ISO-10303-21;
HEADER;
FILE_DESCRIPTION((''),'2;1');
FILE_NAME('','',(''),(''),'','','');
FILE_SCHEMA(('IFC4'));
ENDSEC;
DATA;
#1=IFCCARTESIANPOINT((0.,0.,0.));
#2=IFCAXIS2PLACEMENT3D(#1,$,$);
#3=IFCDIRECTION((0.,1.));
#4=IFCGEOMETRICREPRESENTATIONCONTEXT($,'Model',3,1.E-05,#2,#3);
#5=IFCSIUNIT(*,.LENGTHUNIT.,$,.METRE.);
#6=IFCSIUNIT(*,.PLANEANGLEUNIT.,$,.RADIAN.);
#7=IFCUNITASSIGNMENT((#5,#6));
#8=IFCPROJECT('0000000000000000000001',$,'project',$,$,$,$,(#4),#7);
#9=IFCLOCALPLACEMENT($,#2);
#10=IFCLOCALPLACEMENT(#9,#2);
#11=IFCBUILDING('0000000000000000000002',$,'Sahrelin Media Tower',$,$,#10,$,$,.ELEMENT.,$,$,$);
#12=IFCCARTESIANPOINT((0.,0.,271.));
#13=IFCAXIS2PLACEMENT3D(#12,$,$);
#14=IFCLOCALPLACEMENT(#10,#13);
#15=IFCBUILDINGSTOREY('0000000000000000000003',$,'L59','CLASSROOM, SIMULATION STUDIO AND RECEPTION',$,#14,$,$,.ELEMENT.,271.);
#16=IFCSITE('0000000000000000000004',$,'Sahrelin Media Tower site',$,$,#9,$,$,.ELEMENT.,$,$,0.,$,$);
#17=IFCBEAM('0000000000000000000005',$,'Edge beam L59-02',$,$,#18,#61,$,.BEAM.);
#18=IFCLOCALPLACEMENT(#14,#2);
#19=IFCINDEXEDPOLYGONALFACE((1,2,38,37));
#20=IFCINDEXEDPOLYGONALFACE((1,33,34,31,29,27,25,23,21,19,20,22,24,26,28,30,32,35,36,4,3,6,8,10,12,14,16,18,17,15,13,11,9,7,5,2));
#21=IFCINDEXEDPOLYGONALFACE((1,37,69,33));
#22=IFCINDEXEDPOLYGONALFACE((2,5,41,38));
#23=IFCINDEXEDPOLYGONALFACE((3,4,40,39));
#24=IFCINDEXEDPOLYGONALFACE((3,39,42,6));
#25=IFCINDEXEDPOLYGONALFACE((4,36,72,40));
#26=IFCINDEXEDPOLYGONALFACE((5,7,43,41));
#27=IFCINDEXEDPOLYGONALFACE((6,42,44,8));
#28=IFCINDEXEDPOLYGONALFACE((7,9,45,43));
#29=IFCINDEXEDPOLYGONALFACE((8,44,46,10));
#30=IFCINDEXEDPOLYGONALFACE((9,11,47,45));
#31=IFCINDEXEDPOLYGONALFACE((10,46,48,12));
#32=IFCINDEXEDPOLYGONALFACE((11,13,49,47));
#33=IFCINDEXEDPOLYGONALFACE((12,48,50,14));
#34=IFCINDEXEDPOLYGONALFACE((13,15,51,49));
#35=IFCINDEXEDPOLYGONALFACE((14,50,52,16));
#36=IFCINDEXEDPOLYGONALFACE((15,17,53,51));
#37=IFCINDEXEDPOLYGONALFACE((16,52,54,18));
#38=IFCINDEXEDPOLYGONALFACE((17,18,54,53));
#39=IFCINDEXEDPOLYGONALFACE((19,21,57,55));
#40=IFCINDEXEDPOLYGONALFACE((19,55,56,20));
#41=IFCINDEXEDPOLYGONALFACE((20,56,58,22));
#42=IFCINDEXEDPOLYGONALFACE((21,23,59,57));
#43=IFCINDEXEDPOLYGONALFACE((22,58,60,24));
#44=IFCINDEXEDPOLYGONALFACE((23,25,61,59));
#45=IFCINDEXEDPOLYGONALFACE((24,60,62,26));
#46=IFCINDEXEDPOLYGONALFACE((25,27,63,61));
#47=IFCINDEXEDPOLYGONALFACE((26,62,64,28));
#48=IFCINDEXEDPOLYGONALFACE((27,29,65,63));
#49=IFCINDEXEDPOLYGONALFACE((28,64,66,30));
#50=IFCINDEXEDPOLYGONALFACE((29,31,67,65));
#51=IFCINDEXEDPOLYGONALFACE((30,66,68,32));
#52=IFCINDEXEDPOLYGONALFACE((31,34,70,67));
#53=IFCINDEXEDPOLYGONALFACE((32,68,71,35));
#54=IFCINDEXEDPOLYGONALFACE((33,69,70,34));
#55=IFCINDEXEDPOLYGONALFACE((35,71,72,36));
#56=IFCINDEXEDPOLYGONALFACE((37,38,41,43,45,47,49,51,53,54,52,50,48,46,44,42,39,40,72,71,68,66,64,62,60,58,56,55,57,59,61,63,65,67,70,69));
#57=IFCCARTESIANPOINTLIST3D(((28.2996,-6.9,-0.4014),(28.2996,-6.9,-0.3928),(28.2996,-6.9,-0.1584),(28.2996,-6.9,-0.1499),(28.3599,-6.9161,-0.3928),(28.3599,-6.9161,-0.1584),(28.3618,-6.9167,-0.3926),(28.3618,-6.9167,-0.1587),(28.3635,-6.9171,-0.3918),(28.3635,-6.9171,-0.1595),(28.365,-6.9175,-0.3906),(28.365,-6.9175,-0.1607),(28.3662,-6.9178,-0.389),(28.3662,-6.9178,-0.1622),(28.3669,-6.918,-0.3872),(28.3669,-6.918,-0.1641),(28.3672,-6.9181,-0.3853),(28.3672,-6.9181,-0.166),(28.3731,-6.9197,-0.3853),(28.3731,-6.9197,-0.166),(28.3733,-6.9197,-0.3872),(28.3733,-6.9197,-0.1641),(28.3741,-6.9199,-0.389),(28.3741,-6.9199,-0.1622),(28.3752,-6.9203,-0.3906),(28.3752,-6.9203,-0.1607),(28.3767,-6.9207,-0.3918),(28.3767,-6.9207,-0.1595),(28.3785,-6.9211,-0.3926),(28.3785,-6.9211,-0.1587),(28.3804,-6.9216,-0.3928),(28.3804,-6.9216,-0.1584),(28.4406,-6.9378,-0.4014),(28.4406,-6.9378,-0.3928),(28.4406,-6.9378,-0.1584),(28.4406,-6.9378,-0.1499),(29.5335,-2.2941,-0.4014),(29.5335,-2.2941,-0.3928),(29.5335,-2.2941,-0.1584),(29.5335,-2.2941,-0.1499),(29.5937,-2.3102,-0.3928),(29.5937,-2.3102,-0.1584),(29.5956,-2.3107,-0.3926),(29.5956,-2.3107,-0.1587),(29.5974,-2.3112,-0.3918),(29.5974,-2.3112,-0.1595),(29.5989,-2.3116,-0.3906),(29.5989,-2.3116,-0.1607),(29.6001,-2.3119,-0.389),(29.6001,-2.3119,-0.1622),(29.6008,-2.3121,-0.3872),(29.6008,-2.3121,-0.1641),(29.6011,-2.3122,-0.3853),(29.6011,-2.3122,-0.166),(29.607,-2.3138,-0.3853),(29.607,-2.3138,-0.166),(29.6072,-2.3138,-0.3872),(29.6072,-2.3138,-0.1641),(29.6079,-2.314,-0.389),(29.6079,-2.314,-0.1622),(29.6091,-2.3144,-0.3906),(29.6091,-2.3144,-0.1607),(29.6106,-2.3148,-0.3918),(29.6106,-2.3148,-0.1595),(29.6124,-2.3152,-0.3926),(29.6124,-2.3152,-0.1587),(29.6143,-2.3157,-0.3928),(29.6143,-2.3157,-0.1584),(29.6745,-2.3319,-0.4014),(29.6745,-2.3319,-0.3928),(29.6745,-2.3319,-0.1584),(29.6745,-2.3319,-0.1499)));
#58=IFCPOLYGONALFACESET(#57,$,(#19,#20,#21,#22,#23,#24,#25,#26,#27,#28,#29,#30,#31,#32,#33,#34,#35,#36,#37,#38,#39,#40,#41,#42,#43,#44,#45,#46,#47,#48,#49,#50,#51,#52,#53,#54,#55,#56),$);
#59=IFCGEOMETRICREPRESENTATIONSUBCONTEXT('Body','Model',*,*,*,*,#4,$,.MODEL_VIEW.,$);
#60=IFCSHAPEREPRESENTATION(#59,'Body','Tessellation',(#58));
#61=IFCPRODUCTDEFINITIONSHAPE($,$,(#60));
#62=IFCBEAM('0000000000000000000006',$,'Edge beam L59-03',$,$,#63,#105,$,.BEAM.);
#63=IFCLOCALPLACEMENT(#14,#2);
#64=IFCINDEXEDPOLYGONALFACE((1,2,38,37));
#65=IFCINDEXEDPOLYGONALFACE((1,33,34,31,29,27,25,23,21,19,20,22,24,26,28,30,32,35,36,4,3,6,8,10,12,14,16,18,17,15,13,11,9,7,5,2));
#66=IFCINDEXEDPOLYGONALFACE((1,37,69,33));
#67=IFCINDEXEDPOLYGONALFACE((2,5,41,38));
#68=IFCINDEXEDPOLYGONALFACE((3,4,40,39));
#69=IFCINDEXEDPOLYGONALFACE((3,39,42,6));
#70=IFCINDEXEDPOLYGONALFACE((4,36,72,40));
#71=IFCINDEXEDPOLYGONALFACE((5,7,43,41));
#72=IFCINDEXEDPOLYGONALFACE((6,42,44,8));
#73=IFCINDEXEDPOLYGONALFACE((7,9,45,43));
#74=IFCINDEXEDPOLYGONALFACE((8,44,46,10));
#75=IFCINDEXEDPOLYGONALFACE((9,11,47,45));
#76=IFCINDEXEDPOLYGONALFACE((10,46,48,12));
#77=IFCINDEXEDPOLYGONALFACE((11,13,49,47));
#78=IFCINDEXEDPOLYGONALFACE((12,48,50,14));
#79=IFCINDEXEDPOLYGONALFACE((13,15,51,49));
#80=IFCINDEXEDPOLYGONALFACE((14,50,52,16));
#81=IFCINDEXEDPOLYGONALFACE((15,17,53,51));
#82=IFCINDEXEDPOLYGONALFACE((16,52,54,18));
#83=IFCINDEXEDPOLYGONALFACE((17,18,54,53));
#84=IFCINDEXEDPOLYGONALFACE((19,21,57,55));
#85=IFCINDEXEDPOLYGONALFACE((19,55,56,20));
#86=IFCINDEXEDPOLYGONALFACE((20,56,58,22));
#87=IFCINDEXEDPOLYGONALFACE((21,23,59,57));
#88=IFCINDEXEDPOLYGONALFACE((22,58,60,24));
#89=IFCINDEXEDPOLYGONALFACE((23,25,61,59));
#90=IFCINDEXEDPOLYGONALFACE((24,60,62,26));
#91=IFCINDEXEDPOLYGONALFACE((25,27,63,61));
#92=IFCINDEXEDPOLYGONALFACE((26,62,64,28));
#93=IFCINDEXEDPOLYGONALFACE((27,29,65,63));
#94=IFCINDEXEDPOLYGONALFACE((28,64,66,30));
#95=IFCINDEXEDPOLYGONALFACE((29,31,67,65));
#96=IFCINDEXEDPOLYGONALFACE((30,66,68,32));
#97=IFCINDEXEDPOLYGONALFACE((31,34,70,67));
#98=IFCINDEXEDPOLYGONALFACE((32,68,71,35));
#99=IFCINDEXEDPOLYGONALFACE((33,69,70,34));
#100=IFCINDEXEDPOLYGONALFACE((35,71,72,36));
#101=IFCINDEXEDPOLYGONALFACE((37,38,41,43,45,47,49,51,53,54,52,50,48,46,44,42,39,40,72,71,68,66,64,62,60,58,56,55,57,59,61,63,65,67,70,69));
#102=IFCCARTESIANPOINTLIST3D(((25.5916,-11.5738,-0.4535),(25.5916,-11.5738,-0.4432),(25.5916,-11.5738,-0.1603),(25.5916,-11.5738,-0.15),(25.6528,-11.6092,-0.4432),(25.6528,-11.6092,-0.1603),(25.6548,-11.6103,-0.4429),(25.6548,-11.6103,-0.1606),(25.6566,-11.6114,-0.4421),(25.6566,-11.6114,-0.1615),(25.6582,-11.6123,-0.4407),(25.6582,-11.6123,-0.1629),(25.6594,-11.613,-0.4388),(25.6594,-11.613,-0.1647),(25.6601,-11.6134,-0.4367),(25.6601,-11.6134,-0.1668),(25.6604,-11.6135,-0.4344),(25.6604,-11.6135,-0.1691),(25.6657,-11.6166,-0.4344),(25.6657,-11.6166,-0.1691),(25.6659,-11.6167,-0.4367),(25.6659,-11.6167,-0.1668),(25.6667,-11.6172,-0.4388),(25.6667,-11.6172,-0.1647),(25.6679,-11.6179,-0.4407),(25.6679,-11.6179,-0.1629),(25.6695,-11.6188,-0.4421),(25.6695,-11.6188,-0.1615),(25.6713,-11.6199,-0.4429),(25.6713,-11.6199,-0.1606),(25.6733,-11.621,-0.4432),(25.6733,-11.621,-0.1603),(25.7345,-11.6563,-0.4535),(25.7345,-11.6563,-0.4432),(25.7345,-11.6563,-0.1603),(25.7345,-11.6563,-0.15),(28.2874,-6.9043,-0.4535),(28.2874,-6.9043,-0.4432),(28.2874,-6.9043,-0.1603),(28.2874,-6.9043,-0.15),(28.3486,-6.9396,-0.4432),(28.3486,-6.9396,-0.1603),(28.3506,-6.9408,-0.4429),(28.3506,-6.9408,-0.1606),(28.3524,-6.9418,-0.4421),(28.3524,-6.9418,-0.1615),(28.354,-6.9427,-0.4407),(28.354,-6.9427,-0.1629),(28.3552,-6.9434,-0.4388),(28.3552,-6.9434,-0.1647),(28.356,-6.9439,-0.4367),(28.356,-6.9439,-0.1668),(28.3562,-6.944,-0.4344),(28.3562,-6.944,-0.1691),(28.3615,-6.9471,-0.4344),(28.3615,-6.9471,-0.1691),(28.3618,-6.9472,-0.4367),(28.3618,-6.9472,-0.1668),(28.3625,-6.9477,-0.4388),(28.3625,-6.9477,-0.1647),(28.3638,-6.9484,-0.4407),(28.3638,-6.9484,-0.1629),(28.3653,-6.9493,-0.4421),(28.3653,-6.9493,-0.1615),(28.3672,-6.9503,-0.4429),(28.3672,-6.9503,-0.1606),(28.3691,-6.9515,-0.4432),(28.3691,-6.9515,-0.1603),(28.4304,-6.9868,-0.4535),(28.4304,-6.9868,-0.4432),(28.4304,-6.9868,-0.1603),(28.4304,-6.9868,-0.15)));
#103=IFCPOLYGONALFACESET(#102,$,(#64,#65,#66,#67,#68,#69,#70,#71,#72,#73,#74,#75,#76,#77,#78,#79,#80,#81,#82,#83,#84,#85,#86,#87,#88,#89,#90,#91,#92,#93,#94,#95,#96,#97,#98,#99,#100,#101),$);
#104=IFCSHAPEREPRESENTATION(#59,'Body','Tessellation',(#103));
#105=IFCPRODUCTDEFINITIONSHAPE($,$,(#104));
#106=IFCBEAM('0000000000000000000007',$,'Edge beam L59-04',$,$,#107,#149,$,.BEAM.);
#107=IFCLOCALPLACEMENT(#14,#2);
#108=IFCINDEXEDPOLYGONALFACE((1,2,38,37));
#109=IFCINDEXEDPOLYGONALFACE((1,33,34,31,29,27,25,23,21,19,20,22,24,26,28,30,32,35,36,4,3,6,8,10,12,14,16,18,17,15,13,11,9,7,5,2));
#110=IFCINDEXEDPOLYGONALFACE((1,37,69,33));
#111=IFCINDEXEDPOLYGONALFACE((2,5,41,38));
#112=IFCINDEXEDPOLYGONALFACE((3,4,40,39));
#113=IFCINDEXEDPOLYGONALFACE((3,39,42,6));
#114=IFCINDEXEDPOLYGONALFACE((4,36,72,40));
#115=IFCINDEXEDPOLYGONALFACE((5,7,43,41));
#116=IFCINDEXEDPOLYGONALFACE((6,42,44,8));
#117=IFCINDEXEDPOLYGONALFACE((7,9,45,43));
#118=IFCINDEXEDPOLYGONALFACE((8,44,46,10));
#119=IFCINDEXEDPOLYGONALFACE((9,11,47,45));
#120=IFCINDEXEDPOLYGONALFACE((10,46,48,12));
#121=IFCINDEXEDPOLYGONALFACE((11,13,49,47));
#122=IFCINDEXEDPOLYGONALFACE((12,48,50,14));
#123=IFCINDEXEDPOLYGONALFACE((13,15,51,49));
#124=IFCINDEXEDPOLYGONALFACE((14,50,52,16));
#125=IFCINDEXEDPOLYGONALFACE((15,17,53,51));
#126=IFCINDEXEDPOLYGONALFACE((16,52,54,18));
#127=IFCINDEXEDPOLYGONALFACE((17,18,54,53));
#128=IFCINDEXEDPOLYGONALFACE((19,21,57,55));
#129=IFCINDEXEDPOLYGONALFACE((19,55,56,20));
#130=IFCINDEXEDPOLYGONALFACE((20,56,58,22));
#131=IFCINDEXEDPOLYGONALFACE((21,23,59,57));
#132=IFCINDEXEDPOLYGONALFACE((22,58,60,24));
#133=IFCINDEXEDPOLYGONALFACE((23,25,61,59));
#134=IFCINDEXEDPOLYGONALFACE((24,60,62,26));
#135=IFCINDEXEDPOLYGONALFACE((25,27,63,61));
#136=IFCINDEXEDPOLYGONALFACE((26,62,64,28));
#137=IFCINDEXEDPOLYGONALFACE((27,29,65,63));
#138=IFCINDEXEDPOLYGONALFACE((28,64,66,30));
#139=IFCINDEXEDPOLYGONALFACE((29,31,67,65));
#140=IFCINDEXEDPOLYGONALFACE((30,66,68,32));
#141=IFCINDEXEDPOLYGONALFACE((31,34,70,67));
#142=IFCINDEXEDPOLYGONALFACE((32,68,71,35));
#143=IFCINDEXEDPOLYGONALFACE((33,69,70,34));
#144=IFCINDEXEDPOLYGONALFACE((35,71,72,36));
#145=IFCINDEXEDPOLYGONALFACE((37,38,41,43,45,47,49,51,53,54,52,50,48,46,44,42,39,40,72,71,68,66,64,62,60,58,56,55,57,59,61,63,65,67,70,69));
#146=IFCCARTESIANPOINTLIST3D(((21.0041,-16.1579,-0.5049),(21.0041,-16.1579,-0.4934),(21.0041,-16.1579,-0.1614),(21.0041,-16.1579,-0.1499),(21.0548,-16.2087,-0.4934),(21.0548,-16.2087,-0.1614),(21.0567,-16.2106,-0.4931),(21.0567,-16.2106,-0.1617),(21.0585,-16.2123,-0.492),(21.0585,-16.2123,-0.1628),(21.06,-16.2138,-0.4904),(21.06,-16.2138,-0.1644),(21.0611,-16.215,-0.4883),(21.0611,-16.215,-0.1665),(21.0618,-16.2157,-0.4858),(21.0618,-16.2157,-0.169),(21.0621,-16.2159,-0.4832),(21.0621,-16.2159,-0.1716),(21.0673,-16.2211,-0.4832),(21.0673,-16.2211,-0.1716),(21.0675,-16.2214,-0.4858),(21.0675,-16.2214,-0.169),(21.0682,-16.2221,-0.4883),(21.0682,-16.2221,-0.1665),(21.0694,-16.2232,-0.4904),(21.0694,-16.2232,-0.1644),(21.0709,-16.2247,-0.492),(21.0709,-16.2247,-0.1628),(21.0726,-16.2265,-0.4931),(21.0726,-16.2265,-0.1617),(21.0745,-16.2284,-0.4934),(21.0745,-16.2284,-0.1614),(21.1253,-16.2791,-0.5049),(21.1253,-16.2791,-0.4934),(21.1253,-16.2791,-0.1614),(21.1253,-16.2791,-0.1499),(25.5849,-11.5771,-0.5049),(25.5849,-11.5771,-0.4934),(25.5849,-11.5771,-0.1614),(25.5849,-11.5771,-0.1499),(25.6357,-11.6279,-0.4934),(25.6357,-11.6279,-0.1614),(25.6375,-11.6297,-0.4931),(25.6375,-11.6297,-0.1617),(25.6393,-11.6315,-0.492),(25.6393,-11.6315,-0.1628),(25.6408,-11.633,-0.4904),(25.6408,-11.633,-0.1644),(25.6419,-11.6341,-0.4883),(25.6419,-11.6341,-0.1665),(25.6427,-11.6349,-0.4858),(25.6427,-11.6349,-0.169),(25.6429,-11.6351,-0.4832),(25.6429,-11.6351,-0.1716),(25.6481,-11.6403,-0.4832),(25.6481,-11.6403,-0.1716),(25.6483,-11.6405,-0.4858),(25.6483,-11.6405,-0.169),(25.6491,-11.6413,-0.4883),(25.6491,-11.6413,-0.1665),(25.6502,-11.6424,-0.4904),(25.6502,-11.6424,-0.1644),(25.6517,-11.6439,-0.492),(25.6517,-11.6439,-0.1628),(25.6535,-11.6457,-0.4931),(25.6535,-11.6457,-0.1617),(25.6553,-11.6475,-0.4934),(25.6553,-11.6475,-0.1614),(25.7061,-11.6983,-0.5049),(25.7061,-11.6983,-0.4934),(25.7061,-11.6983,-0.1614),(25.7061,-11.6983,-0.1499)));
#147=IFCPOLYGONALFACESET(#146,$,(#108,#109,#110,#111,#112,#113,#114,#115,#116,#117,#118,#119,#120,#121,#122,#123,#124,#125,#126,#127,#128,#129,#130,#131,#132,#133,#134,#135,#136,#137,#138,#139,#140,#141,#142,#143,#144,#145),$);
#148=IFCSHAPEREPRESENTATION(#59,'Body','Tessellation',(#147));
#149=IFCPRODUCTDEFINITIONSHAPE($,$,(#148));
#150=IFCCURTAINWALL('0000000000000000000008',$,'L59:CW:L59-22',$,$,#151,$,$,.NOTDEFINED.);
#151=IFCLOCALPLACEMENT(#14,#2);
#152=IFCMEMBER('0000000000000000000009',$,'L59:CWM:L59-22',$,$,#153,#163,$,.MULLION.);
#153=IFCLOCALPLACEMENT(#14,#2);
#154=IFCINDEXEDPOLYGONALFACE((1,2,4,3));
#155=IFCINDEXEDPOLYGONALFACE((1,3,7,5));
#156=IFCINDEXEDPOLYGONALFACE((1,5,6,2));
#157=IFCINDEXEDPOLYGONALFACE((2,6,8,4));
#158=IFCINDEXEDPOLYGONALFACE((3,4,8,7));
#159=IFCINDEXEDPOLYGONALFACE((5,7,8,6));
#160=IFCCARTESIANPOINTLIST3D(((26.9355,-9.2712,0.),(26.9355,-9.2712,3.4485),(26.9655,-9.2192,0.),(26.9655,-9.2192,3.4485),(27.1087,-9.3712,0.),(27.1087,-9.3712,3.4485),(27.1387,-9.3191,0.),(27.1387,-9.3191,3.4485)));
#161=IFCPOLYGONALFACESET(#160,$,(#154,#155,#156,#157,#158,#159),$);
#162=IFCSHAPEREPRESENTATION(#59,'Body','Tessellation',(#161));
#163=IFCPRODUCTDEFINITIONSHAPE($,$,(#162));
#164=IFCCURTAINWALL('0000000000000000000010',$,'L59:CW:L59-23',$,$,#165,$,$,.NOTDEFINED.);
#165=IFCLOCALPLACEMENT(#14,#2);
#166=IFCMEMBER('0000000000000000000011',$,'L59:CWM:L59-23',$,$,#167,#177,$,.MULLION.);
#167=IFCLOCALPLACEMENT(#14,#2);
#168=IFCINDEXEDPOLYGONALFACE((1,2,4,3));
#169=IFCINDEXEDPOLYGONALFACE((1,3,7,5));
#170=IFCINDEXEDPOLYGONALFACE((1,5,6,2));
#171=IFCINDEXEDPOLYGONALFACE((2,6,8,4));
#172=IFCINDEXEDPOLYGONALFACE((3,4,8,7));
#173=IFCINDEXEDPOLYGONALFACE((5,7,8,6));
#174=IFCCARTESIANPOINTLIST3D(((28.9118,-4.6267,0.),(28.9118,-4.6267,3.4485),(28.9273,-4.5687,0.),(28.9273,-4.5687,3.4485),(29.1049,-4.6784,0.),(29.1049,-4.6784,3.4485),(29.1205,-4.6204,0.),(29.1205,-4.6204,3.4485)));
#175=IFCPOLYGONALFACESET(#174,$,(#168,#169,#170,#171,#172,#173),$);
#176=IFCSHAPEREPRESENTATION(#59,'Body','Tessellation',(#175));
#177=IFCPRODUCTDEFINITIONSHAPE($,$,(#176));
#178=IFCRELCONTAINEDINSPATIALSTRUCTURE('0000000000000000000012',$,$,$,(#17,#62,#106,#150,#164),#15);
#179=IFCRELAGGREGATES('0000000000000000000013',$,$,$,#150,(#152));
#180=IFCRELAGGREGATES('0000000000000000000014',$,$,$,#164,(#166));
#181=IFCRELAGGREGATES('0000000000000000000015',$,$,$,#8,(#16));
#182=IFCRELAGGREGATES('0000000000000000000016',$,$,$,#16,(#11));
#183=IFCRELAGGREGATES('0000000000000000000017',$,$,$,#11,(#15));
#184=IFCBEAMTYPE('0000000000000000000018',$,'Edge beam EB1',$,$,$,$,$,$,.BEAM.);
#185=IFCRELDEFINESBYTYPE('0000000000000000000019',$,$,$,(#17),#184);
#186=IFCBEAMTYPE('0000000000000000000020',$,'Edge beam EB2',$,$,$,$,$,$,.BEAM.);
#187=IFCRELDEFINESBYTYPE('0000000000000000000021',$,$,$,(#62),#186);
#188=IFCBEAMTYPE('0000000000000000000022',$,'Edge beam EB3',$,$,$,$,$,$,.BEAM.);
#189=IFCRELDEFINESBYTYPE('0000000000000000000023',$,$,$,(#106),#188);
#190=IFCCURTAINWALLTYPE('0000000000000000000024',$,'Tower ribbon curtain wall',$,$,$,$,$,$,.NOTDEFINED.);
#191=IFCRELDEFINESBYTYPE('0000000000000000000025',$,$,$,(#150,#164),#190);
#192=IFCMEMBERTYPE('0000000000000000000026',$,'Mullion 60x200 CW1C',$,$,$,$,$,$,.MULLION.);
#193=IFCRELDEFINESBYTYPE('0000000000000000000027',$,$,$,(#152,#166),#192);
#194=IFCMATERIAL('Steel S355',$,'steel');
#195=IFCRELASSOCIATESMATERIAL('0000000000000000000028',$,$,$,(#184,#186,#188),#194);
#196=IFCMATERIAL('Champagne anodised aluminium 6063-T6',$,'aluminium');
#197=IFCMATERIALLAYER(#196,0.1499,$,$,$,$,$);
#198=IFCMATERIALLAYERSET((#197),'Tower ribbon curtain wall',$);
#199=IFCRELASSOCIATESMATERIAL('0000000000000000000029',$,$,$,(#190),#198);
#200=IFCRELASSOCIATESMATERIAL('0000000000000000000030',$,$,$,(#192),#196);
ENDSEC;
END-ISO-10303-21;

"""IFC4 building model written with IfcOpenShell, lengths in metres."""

from ifc_helpers import new_model, si_unit, direction, frame, origin, origin_2d, place, context, subcontext, project, spatial, rectangle, i_section, extrude, material, layer, layer_set, material_profile, profile_set, type_object, element, aggregate, save


model = new_model("IFC4")

# Units and contexts
model_context = context("Model", 3, precision=1e-05, world=origin(), true_north=direction((0.0, 1.0)))
body_context = subcontext(model_context, "Body", "Model", "MODEL_VIEW")
ifc_project = project(units=[si_unit("LENGTHUNIT", "METRE"), si_unit("PLANEANGLEUNIT", "RADIAN")], contexts=[model_context])

# Site, building, storey
site_placement = place(None, origin())
site = spatial("IfcSite", under=ifc_project, at=site_placement, Name="Sahrelin Media Tower site", CompositionType="ELEMENT", RefElevation=0.0)
building_placement = place(site_placement, origin())
building = spatial("IfcBuilding", under=site, at=building_placement, Name="Sahrelin Media Tower", CompositionType="ELEMENT")
storey_placement = place(building_placement, frame((0.0, 0.0, 271.0)))
storey = spatial("IfcBuildingStorey", under=building, at=storey_placement, Name="L59", Description="CLASSROOM, SIMULATION STUDIO AND RECEPTION", CompositionType="ELEMENT", Elevation=271.0)

# Beams
ifc_material_1 = material(Name="Steel S355", Category="steel")
ifc_material_profile_1 = material_profile(ifc_material_1, i_section(OverallWidth=0.146, OverallDepth=0.2515, WebThickness=0.0061, FlangeThickness=0.0085, FilletRadius=0.0076, at=origin_2d()), Name="UB 254x146x31")
ifc_profile_set_1 = profile_set([ifc_material_profile_1], Name="Steel S355")
beam_type_1 = type_object("IfcBeamType", Name="Edge beam EB1", PredefinedType="BEAM", material=ifc_profile_set_1)
beam_1_placement = place(storey_placement, frame((29.604, -2.313, -0.2756), z_axis=(-0.258765, -0.96594, 0.0), x_axis=(0.96594, -0.258765, 0.0)))
element("IfcBeam", 1, at=beam_1_placement, inside=storey, type_object=beam_type_1, Name="Edge beam L59-02", PredefinedType="BEAM", context=body_context, shape_type="SweptSolid", body=[
    extrude(i_section(OverallWidth=0.146, OverallDepth=0.2515, WebThickness=0.0061, FlangeThickness=0.0085, FilletRadius=0.0076, at=origin_2d()), origin(), (0.0, 0.0, 1.0), 4.7683),
])
ifc_material_profile_2 = material_profile(ifc_material_1, i_section(OverallWidth=0.165, OverallDepth=0.3035, WebThickness=0.0061, FlangeThickness=0.0103, FilletRadius=0.0088, at=origin_2d()), Name="UB 305x165x40")
ifc_profile_set_2 = profile_set([ifc_material_profile_2], Name="Steel S355")
beam_type_2 = type_object("IfcBeamType", Name="Edge beam EB2", PredefinedType="BEAM", material=ifc_profile_set_2)
beam_2_placement = place(storey_placement, frame((28.3589, -6.9456, -0.3018), z_axis=(-0.499986, -0.866033, 0.0), x_axis=(0.866033, -0.499986, 0.0)))
element("IfcBeam", 2, at=beam_2_placement, inside=storey, type_object=beam_type_2, Name="Edge beam L59-03", PredefinedType="BEAM", context=body_context, shape_type="SweptSolid", body=[
    extrude(i_section(OverallWidth=0.165, OverallDepth=0.3035, WebThickness=0.0061, FlangeThickness=0.0103, FilletRadius=0.0088, at=origin_2d()), origin(), (0.0, 0.0, 1.0), 5.3918),
])
ifc_material_profile_3 = material_profile(ifc_material_1, i_section(OverallWidth=0.1714, OverallDepth=0.355, WebThickness=0.0073, FlangeThickness=0.0115, FilletRadius=0.0103, at=origin_2d()), Name="UB 356x171x51")
ifc_profile_set_3 = profile_set([ifc_material_profile_3], Name="Steel S355")
beam_type_3 = type_object("IfcBeamType", Name="Edge beam EB3", PredefinedType="BEAM", material=ifc_profile_set_3)
beam_3_placement = place(storey_placement, frame((25.6455, -11.6377, -0.3274), z_axis=(-0.707107, -0.707107, 0.0), x_axis=(0.707107, -0.707107, 0.0)))
element("IfcBeam", 3, at=beam_3_placement, inside=storey, type_object=beam_type_3, Name="Edge beam L59-04", PredefinedType="BEAM", context=body_context, shape_type="SweptSolid", body=[
    extrude(i_section(OverallWidth=0.1714, OverallDepth=0.355, WebThickness=0.0073, FlangeThickness=0.0115, FilletRadius=0.0103, at=origin_2d()), origin(), (0.0, 0.0, 1.0), 6.4783),
])

# Curtain walls, members
ifc_material_2 = material(Name="Champagne anodised aluminium 6063-T6", Category="aluminium")
ifc_layer_1 = layer(ifc_material_2, 0.1499)
ifc_layer_set_1 = layer_set([ifc_layer_1], Name="Tower ribbon curtain wall")
curtain_wall_type = type_object("IfcCurtainWallType", Name="Tower ribbon curtain wall", PredefinedType="NOTDEFINED", material=ifc_layer_set_1)
curtain_wall_1_placement = place(storey_placement, frame((27.1411, -9.3552, 0.0), z_axis=(0.0, 0.0, 1.0), x_axis=(1.0, 0.0, 0.0)))
curtain_wall_1 = element("IfcCurtainWall", 4, at=curtain_wall_1_placement, inside=storey, type_object=curtain_wall_type, Name="L59:CW:L59-22", PredefinedType="NOTDEFINED")
ifc_material_profile_4 = material_profile(ifc_material_2, rectangle(XDim=0.0601, YDim=0.2, at=origin_2d()), Name="Mullion 60x200")
ifc_profile_set_4 = profile_set([ifc_material_profile_4], Name="Champagne anodised aluminium 6063-T6")
member_type_1 = type_object("IfcMemberType", Name="Mullion 60x200 CW1C", PredefinedType="MULLION", material=ifc_profile_set_4)
member_1_placement = place(storey_placement, frame((27.0371, -9.2952, 0.0), z_axis=(0.0, 0.0, 1.0), x_axis=(0.499989, 0.866032, 0.0)))
member_1 = element("IfcMember", 5, at=member_1_placement, type_object=member_type_1, Name="L59:CWM:L59-22", PredefinedType="MULLION", context=body_context, shape_type="SweptSolid", body=[
    extrude(rectangle(XDim=0.0601, YDim=0.2, at=origin_2d()), origin(), (0.0, 0.0, 1.0), 3.4485),
])
curtain_wall_2_placement = place(storey_placement, frame((29.1321, -4.6548, 0.0), z_axis=(0.0, 0.0, 1.0), x_axis=(1.0, 0.0, 0.0)))
curtain_wall_2 = element("IfcCurtainWall", 6, at=curtain_wall_2_placement, inside=storey, type_object=curtain_wall_type, Name="L59:CW:L59-23", PredefinedType="NOTDEFINED")
member_2_placement = place(storey_placement, frame((29.0161, -4.6235, 0.0), z_axis=(0.0, 0.0, 1.0), x_axis=(0.258817, 0.965926, 0.0)))
member_2 = element("IfcMember", 7, at=member_2_placement, type_object=member_type_1, Name="L59:CWM:L59-23", PredefinedType="MULLION", context=body_context, shape_type="SweptSolid", body=[
    extrude(rectangle(XDim=0.0601, YDim=0.2, at=origin_2d()), origin(), (0.0, 0.0, 1.0), 3.4485),
])

aggregate(curtain_wall_1, [member_1])
aggregate(curtain_wall_2, [member_2])

save(model, "model.ifc")
